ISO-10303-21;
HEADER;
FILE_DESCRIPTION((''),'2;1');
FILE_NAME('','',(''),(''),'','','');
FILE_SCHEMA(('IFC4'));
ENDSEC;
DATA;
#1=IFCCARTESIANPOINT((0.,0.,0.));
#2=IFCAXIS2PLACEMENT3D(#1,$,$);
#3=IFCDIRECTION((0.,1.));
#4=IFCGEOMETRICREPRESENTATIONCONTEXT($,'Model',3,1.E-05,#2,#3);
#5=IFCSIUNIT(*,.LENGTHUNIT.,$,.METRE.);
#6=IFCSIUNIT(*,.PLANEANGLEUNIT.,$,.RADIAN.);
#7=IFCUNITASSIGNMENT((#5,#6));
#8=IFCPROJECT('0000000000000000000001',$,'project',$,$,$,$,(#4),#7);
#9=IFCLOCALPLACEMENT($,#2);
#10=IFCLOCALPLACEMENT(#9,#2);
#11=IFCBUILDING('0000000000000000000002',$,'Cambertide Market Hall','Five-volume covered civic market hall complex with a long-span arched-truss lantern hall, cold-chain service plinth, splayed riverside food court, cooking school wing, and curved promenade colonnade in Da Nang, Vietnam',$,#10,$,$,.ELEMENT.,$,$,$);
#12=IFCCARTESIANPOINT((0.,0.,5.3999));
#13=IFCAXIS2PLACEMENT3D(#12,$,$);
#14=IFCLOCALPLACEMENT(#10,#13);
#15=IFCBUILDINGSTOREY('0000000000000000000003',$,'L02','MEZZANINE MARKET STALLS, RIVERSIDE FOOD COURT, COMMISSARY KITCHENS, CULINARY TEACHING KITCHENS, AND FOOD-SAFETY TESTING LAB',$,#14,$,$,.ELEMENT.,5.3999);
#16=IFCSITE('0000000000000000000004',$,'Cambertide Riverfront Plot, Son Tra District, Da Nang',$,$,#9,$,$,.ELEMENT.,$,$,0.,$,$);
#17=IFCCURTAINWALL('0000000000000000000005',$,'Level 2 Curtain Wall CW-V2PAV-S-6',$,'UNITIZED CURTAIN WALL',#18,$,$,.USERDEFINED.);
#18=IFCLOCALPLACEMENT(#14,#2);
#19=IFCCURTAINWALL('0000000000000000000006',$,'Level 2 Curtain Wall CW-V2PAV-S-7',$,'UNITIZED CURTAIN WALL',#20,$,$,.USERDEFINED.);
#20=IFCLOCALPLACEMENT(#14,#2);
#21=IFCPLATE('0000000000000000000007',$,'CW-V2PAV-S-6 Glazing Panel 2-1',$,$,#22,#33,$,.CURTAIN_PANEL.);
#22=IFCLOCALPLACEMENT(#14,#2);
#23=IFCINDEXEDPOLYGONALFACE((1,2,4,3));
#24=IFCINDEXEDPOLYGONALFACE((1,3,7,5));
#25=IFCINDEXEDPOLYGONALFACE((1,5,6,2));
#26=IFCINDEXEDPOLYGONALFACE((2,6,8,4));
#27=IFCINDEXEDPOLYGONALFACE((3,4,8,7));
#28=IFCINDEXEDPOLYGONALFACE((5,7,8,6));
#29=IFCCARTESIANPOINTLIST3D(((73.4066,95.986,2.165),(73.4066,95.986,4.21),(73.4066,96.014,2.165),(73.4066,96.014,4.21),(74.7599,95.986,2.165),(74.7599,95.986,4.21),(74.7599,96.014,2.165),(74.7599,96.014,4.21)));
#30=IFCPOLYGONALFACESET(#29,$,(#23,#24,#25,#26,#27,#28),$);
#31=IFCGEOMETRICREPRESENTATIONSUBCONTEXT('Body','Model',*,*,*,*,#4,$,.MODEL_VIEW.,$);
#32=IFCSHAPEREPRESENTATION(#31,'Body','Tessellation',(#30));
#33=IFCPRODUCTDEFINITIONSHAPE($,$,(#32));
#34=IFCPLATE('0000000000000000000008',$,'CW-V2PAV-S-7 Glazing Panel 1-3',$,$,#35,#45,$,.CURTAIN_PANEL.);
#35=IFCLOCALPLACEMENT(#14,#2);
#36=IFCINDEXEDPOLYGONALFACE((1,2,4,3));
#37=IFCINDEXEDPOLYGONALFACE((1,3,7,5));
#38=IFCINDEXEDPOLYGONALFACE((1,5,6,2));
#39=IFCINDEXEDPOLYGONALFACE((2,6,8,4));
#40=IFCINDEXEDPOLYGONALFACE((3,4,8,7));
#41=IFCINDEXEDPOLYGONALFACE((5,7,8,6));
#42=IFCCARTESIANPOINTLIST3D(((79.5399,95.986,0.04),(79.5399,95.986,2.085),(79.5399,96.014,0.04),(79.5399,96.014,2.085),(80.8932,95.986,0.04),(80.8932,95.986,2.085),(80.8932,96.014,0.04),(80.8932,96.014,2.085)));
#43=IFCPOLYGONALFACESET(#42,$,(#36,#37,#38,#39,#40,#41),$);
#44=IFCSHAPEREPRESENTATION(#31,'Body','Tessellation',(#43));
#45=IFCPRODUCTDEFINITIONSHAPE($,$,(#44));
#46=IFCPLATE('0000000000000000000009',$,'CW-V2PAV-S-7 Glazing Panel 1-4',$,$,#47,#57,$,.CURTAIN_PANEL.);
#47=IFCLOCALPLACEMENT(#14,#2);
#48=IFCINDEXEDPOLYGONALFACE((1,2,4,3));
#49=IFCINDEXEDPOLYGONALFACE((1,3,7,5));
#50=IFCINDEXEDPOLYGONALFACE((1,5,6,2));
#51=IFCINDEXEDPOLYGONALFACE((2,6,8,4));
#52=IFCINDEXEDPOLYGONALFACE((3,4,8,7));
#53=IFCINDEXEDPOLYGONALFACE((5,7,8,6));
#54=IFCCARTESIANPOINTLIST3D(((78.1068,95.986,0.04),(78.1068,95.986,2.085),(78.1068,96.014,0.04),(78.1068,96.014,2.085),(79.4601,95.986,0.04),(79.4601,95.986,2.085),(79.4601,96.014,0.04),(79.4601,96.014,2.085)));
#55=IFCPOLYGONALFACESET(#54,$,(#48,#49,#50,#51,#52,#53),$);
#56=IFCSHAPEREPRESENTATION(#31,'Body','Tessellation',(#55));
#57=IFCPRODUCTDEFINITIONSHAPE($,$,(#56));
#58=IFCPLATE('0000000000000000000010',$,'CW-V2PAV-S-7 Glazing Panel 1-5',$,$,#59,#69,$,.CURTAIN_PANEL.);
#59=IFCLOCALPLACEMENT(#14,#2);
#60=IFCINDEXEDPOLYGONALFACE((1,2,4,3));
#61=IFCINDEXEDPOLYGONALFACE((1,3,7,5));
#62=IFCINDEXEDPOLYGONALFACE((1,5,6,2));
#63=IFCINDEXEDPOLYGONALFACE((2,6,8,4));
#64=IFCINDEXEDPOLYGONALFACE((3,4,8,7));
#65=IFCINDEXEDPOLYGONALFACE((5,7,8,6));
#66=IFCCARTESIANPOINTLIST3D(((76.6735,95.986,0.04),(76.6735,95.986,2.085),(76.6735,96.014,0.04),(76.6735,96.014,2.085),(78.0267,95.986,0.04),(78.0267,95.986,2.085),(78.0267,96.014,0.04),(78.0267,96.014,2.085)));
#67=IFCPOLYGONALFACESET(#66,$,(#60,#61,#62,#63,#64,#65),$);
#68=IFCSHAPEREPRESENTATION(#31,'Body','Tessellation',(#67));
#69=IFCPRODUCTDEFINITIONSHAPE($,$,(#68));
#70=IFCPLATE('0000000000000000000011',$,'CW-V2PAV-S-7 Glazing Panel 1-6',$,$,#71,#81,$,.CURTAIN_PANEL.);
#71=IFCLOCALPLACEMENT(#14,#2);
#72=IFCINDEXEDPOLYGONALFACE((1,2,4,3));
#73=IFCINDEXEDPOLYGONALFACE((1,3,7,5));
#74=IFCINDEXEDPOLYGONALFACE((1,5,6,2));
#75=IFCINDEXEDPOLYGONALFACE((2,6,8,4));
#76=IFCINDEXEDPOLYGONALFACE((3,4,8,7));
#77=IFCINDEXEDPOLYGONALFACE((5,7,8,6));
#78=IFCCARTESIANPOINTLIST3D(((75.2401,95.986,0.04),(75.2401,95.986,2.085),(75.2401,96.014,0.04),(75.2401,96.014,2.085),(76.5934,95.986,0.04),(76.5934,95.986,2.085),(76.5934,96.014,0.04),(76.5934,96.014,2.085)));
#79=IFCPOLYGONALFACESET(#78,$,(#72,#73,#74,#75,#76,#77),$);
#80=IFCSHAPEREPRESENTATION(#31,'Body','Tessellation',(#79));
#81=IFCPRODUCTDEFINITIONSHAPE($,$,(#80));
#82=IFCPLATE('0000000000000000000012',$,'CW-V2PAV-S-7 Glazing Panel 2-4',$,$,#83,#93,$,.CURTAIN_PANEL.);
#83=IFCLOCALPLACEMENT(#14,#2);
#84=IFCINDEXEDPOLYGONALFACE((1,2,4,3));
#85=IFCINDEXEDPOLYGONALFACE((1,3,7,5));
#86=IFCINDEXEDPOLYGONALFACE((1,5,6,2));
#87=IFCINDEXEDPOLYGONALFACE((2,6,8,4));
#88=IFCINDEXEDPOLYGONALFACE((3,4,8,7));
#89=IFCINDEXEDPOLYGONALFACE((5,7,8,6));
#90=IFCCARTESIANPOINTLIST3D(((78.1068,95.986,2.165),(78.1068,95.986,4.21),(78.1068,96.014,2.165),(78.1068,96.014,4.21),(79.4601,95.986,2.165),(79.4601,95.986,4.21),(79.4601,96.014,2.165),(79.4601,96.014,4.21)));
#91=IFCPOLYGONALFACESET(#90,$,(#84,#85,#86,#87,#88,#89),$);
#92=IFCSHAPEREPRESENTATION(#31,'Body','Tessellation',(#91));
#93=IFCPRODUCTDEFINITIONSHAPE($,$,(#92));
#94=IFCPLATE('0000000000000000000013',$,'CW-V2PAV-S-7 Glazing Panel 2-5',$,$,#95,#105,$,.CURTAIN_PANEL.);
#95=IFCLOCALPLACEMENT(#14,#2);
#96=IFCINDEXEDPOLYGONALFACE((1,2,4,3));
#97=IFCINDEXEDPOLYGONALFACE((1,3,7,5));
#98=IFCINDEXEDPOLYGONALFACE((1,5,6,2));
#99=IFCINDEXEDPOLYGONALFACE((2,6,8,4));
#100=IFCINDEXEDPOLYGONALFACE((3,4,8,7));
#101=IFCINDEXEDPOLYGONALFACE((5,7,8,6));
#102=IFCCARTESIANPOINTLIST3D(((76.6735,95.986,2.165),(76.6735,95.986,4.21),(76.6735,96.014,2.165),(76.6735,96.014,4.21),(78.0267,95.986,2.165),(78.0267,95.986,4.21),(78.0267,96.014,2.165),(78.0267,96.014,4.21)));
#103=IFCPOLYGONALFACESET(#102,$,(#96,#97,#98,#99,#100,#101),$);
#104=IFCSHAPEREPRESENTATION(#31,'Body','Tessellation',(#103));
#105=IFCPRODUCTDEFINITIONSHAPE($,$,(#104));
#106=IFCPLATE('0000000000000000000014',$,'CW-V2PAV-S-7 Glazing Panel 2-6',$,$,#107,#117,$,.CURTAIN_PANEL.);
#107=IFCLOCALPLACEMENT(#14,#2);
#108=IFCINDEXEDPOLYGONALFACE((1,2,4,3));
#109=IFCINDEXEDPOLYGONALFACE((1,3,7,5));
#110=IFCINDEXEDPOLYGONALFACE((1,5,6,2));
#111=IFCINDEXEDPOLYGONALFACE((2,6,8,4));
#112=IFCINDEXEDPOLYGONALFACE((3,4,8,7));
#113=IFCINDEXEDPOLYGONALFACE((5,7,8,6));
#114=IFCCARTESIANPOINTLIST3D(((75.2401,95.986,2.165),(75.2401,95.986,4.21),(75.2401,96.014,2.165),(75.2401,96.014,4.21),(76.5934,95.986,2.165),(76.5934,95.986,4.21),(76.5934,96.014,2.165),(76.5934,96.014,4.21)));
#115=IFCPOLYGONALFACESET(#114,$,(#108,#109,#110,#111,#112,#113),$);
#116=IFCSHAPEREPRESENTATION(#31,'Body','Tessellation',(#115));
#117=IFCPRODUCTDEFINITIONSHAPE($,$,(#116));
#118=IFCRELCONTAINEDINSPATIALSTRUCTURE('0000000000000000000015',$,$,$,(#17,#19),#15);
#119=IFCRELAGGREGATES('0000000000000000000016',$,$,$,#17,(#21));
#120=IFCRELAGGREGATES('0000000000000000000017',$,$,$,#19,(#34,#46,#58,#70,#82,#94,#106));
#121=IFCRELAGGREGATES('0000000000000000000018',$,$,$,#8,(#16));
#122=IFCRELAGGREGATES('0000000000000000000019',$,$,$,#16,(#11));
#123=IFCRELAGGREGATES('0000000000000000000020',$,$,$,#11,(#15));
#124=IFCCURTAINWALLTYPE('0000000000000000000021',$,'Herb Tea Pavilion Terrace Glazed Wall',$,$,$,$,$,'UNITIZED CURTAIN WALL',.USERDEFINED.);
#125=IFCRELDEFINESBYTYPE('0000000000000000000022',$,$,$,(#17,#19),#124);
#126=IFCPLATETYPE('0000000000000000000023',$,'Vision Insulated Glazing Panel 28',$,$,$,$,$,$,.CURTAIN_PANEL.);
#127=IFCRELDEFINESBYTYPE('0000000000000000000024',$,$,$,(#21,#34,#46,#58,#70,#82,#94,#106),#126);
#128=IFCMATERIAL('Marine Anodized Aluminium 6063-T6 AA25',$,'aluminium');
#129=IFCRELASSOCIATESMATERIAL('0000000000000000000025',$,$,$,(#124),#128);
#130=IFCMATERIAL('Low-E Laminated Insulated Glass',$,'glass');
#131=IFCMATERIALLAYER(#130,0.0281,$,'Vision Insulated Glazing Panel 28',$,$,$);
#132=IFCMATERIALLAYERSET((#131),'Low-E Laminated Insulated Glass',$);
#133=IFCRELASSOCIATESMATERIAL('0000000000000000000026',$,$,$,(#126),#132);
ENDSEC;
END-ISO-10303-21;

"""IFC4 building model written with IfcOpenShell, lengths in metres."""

from ifc_helpers import new_model, si_unit, direction, frame, origin, origin_2d, place, context, subcontext, project, spatial, rectangle, extrude, material, layer, layer_set, type_object, element, aggregate, save


model = new_model("IFC4")

# Units and contexts
model_context = context("Model", 3, precision=1e-05, world=origin(), true_north=direction((0.0, 1.0)))
body_context = subcontext(model_context, "Body", "Model", "MODEL_VIEW")
ifc_project = project(units=[si_unit("LENGTHUNIT", "METRE"), si_unit("PLANEANGLEUNIT", "RADIAN")], contexts=[model_context])

# Site, building, storey
site_placement = place(None, origin())
site = spatial("IfcSite", under=ifc_project, at=site_placement, Name="Cambertide Riverfront Plot, Son Tra District, Da Nang", CompositionType="ELEMENT", RefElevation=0.0)
building_placement = place(site_placement, origin())
building = spatial("IfcBuilding", under=site, at=building_placement, Name="Cambertide Market Hall", Description="Five-volume covered civic market hall complex with a long-span arched-truss lantern hall, cold-chain service plinth, splayed riverside food court, cooking school wing, and curved promenade colonnade in Da Nang, Vietnam", CompositionType="ELEMENT")
storey_placement = place(building_placement, frame((0.0, 0.0, 5.3999)))
storey = spatial("IfcBuildingStorey", under=building, at=storey_placement, Name="L02", Description="MEZZANINE MARKET STALLS, RIVERSIDE FOOD COURT, COMMISSARY KITCHENS, CULINARY TEACHING KITCHENS, AND FOOD-SAFETY TESTING LAB", CompositionType="ELEMENT", Elevation=5.3999)

# Curtain wall
ifc_material_1 = material(Name="Marine Anodized Aluminium 6063-T6 AA25", Category="aluminium")
curtain_wall_type = type_object("IfcCurtainWallType", Name="Herb Tea Pavilion Terrace Glazed Wall", ElementType="UNITIZED CURTAIN WALL", PredefinedType="USERDEFINED", material=ifc_material_1)
curtain_wall_1_placement = place(storey_placement, origin())
curtain_wall_1 = element("IfcCurtainWall", 1, at=curtain_wall_1_placement, inside=storey, type_object=curtain_wall_type, Name="Level 2 Curtain Wall CW-V2PAV-S-6", ObjectType="UNITIZED CURTAIN WALL", PredefinedType="USERDEFINED")

# Curtain wall
curtain_wall_2_placement = place(storey_placement, origin())
curtain_wall_2 = element("IfcCurtainWall", 2, at=curtain_wall_2_placement, inside=storey, type_object=curtain_wall_type, Name="Level 2 Curtain Wall CW-V2PAV-S-7", ObjectType="UNITIZED CURTAIN WALL", PredefinedType="USERDEFINED")

# Plates
ifc_material_2 = material(Name="Low-E Laminated Insulated Glass", Category="glass")
ifc_layer = layer(ifc_material_2, 0.0281, Name="Vision Insulated Glazing Panel 28")
ifc_layer_set = layer_set([ifc_layer], Name="Low-E Laminated Insulated Glass")
plate_type = type_object("IfcPlateType", Name="Vision Insulated Glazing Panel 28", PredefinedType="CURTAIN_PANEL", material=ifc_layer_set)
plate_1_placement = place(storey_placement, frame((74.0833, 96.0, 2.165), z_axis=(0.0, 0.0, 1.0), x_axis=(-1.0, 0.0, 0.0)))
plate_1 = element("IfcPlate", 3, at=plate_1_placement, type_object=plate_type, Name="CW-V2PAV-S-6 Glazing Panel 2-1", PredefinedType="CURTAIN_PANEL", context=body_context, shape_type="SweptSolid", body=[
    extrude(rectangle(XDim=1.3533, YDim=0.0281, at=origin_2d()), origin(), (0.0, 0.0, 1.0), 2.0449),
])
aggregate(curtain_wall_1, [plate_1])
plate_2_placement = place(storey_placement, frame((80.2166, 96.0, 0.04), z_axis=(0.0, 0.0, 1.0), x_axis=(-1.0, 0.0, 0.0)))
plate_2 = element("IfcPlate", 4, at=plate_2_placement, type_object=plate_type, Name="CW-V2PAV-S-7 Glazing Panel 1-3", PredefinedType="CURTAIN_PANEL", context=body_context, shape_type="SweptSolid", body=[
    extrude(rectangle(XDim=1.3533, YDim=0.0281, at=origin_2d()), origin(), (0.0, 0.0, 1.0), 2.0449),
])
plate_3_placement = place(storey_placement, frame((78.7834, 96.0, 0.04), z_axis=(0.0, 0.0, 1.0), x_axis=(-1.0, 0.0, 0.0)))
plate_3 = element("IfcPlate", 5, at=plate_3_placement, type_object=plate_type, Name="CW-V2PAV-S-7 Glazing Panel 1-4", PredefinedType="CURTAIN_PANEL", context=body_context, shape_type="SweptSolid", body=[
    extrude(rectangle(XDim=1.3533, YDim=0.0281, at=origin_2d()), origin(), (0.0, 0.0, 1.0), 2.0449),
])
plate_4_placement = place(storey_placement, frame((77.3501, 96.0, 0.04), z_axis=(0.0, 0.0, 1.0), x_axis=(-1.0, 0.0, 0.0)))
plate_4 = element("IfcPlate", 6, at=plate_4_placement, type_object=plate_type, Name="CW-V2PAV-S-7 Glazing Panel 1-5", PredefinedType="CURTAIN_PANEL", context=body_context, shape_type="SweptSolid", body=[
    extrude(rectangle(XDim=1.3533, YDim=0.0281, at=origin_2d()), origin(), (0.0, 0.0, 1.0), 2.0449),
])
plate_5_placement = place(storey_placement, frame((75.9167, 96.0, 0.04), z_axis=(0.0, 0.0, 1.0), x_axis=(-1.0, 0.0, 0.0)))
plate_5 = element("IfcPlate", 7, at=plate_5_placement, type_object=plate_type, Name="CW-V2PAV-S-7 Glazing Panel 1-6", PredefinedType="CURTAIN_PANEL", context=body_context, shape_type="SweptSolid", body=[
    extrude(rectangle(XDim=1.3533, YDim=0.0281, at=origin_2d()), origin(), (0.0, 0.0, 1.0), 2.0449),
])
plate_6_placement = place(storey_placement, frame((78.7834, 96.0, 2.165), z_axis=(0.0, 0.0, 1.0), x_axis=(-1.0, 0.0, 0.0)))
plate_6 = element("IfcPlate", 8, at=plate_6_placement, type_object=plate_type, Name="CW-V2PAV-S-7 Glazing Panel 2-4", PredefinedType="CURTAIN_PANEL", context=body_context, shape_type="SweptSolid", body=[
    extrude(rectangle(XDim=1.3533, YDim=0.0281, at=origin_2d()), origin(), (0.0, 0.0, 1.0), 2.0449),
])
plate_7_placement = place(storey_placement, frame((77.3501, 96.0, 2.165), z_axis=(0.0, 0.0, 1.0), x_axis=(-1.0, 0.0, 0.0)))
plate_7 = element("IfcPlate", 9, at=plate_7_placement, type_object=plate_type, Name="CW-V2PAV-S-7 Glazing Panel 2-5", PredefinedType="CURTAIN_PANEL", context=body_context, shape_type="SweptSolid", body=[
    extrude(rectangle(XDim=1.3533, YDim=0.0281, at=origin_2d()), origin(), (0.0, 0.0, 1.0), 2.0449),
])
plate_8_placement = place(storey_placement, frame((75.9167, 96.0, 2.165), z_axis=(0.0, 0.0, 1.0), x_axis=(-1.0, 0.0, 0.0)))
plate_8 = element("IfcPlate", 10, at=plate_8_placement, type_object=plate_type, Name="CW-V2PAV-S-7 Glazing Panel 2-6", PredefinedType="CURTAIN_PANEL", context=body_context, shape_type="SweptSolid", body=[
    extrude(rectangle(XDim=1.3533, YDim=0.0281, at=origin_2d()), origin(), (0.0, 0.0, 1.0), 2.0449),
])
aggregate(curtain_wall_2, [plate_2, plate_3, plate_4, plate_5, plate_6, plate_7, plate_8])

save(model, "model.ifc")
